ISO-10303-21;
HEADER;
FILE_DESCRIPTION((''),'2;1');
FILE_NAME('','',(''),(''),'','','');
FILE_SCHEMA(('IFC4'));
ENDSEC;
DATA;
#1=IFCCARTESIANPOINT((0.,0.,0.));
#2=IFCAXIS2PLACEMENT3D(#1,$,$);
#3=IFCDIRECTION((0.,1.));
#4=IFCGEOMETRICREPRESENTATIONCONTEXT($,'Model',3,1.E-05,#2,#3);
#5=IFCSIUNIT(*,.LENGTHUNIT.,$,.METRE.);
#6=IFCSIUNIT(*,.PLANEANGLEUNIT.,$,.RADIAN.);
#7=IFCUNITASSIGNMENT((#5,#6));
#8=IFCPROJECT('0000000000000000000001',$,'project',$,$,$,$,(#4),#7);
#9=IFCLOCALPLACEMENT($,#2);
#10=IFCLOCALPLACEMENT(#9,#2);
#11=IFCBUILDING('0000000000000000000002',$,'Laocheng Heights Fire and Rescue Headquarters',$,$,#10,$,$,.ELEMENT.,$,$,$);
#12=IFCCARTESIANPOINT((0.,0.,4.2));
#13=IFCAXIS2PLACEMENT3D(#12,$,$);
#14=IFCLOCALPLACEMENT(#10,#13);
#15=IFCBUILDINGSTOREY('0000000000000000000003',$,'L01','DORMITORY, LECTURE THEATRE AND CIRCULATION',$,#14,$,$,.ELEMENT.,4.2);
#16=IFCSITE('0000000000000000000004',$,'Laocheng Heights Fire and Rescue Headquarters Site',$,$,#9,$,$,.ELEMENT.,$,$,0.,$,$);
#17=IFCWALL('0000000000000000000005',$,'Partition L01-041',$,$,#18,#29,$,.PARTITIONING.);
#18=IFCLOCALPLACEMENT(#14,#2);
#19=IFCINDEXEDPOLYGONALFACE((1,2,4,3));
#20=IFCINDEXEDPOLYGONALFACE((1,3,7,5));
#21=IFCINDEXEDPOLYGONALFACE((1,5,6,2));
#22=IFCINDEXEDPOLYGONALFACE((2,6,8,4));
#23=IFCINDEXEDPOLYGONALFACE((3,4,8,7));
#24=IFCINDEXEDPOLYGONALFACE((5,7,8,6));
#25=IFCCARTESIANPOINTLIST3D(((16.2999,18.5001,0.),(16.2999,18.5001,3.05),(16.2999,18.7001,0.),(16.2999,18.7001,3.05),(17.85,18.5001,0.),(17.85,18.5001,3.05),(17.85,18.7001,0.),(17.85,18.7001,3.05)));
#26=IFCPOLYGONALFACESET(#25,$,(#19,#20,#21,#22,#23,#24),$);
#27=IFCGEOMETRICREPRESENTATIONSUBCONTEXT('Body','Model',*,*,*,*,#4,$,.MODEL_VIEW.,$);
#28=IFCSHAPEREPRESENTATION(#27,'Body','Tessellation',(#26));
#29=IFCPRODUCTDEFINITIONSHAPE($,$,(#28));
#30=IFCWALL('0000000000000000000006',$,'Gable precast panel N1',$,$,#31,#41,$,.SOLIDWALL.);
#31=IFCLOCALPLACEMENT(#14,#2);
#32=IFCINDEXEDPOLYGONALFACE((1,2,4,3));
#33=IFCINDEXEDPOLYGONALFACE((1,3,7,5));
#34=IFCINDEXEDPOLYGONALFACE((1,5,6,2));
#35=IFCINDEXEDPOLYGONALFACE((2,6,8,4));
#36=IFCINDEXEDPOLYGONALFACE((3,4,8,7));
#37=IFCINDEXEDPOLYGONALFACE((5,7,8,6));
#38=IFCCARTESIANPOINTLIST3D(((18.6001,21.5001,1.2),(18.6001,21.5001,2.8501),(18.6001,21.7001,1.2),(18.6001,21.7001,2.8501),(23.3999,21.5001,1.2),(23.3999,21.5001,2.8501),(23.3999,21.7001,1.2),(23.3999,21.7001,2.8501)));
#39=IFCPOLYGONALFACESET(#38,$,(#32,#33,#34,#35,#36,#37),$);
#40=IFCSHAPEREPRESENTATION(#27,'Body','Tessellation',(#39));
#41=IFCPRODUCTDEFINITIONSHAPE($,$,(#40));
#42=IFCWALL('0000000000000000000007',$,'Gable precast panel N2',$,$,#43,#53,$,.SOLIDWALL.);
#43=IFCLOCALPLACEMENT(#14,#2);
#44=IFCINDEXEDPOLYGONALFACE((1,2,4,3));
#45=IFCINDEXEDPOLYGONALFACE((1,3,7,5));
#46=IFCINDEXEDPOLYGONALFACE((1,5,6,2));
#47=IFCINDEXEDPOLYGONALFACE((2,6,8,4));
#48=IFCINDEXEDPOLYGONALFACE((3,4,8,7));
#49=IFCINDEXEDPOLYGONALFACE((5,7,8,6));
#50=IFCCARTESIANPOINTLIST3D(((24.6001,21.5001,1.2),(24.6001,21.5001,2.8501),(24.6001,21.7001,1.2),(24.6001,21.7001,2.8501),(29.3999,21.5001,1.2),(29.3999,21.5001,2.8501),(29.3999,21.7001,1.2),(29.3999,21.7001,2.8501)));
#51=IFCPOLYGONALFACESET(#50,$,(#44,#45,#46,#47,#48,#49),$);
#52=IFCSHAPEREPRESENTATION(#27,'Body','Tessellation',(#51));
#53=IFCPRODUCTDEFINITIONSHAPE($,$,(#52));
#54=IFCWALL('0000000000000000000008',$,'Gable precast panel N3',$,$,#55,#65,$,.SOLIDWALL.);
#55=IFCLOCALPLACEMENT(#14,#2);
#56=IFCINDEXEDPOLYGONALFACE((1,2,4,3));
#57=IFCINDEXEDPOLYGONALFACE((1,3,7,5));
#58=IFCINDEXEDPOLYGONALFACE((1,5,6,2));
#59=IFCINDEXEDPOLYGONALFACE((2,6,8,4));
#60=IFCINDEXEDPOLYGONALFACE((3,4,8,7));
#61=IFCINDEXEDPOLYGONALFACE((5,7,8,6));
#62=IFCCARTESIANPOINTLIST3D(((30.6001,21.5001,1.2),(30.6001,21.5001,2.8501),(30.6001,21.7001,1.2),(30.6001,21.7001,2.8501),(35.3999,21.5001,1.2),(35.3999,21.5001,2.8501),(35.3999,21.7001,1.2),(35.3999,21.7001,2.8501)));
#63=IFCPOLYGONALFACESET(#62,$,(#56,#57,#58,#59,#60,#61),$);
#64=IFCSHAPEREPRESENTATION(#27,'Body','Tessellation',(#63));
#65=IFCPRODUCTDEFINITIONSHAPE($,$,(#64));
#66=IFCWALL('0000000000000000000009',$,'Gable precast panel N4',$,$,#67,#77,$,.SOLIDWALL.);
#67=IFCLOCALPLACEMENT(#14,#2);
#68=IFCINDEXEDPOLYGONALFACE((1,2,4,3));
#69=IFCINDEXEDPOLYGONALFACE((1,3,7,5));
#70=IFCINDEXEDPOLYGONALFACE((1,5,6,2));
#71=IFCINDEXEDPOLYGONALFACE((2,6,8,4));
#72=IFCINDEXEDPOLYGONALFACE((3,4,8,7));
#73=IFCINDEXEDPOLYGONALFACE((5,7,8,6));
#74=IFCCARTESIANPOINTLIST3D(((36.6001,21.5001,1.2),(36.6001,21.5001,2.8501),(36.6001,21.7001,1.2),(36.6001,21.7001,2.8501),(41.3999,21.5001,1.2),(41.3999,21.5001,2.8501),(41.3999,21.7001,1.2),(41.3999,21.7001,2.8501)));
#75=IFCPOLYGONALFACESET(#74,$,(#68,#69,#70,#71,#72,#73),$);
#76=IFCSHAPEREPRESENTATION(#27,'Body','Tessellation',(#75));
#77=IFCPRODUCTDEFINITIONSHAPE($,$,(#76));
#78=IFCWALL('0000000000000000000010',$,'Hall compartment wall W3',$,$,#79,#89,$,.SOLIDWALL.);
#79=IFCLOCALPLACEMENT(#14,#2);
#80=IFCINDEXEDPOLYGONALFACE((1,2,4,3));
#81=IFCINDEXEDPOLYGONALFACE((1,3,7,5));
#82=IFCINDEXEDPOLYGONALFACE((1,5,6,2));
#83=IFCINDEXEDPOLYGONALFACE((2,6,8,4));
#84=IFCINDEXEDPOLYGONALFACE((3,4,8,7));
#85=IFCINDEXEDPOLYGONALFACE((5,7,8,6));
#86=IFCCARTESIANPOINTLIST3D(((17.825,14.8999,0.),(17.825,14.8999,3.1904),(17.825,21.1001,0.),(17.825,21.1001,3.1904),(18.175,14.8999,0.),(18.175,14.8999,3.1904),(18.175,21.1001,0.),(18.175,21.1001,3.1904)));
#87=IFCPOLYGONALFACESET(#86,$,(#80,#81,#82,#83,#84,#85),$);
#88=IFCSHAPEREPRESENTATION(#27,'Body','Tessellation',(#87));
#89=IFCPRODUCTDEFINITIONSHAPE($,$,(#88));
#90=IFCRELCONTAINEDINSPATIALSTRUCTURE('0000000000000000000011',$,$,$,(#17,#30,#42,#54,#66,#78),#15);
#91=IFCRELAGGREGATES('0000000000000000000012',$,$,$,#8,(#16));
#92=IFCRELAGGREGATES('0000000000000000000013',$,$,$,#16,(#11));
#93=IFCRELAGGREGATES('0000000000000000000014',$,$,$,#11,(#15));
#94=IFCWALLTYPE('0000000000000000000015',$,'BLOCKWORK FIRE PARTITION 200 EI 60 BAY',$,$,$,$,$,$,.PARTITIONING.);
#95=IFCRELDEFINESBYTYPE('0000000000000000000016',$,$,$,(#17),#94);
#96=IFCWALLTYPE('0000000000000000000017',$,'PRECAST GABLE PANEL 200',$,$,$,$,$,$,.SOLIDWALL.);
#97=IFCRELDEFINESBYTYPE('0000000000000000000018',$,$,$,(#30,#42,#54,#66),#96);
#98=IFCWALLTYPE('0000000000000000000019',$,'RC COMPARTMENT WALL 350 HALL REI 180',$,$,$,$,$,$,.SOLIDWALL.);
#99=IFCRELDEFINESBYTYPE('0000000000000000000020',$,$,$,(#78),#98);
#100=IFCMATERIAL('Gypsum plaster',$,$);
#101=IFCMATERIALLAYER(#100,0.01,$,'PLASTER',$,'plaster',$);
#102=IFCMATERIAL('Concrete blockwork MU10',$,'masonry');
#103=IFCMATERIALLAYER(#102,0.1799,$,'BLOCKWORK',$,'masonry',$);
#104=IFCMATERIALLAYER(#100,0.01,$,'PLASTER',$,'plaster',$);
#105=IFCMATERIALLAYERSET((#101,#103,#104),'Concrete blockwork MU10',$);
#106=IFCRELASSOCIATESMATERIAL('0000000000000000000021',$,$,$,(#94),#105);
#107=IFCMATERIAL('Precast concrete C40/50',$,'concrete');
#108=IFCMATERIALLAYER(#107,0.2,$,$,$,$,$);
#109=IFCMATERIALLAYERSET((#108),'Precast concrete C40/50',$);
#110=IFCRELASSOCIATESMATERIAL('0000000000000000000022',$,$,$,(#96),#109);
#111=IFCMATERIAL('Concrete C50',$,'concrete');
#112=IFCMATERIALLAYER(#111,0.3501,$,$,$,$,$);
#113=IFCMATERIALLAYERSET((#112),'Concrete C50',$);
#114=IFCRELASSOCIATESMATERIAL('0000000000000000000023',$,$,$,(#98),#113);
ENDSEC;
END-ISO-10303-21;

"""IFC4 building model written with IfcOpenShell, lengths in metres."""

from ifc_helpers import new_model, si_unit, direction, frame, frame_2d, origin, place, context, subcontext, project, spatial, rectangle, extrude, material, layer, layer_set, type_object, element, save


model = new_model("IFC4")

# Units and contexts
model_context = context("Model", 3, precision=1e-05, world=origin(), true_north=direction((0.0, 1.0)))
body_context = subcontext(model_context, "Body", "Model", "MODEL_VIEW")
ifc_project = project(units=[si_unit("LENGTHUNIT", "METRE"), si_unit("PLANEANGLEUNIT", "RADIAN")], contexts=[model_context])

# Site, building, storey
site_placement = place(None, origin())
site = spatial("IfcSite", under=ifc_project, at=site_placement, Name="Laocheng Heights Fire and Rescue Headquarters Site", CompositionType="ELEMENT", RefElevation=0.0)
building_placement = place(site_placement, origin())
building = spatial("IfcBuilding", under=site, at=building_placement, Name="Laocheng Heights Fire and Rescue Headquarters", CompositionType="ELEMENT")
storey_placement = place(building_placement, frame((0.0, 0.0, 4.2)))
storey = spatial("IfcBuildingStorey", under=building, at=storey_placement, Name="L01", Description="DORMITORY, LECTURE THEATRE AND CIRCULATION", CompositionType="ELEMENT", Elevation=4.2)

# Walls
ifc_material_1 = material(Name="Gypsum plaster")
ifc_layer_1 = layer(ifc_material_1, 0.01, Name="PLASTER", Category="plaster")
ifc_material_2 = material(Name="Concrete blockwork MU10", Category="masonry")
ifc_layer_2 = layer(ifc_material_2, 0.1799, Name="BLOCKWORK", Category="masonry")
ifc_layer_3 = layer(ifc_material_1, 0.01, Name="PLASTER", Category="plaster")
ifc_layer_set_1 = layer_set([ifc_layer_1, ifc_layer_2, ifc_layer_3], Name="Concrete blockwork MU10")
wall_type_1 = type_object("IfcWallType", Name="BLOCKWORK FIRE PARTITION 200 EI 60 BAY", PredefinedType="PARTITIONING", material=ifc_layer_set_1)
wall_1_placement = place(storey_placement, frame((16.3, 18.6001, 0.0), z_axis=(0.0, 0.0, 1.0), x_axis=(1.0, 0.0, 0.0)))
element("IfcWall", 1, at=wall_1_placement, inside=storey, type_object=wall_type_1, Name="Partition L01-041", PredefinedType="PARTITIONING", context=body_context, shape_type="SweptSolid", body=[
    extrude(rectangle(XDim=1.55, YDim=0.2, at=frame_2d((0.7749, 0.0))), origin(), (0.0, 0.0, 1.0), 3.05),
])
ifc_material_3 = material(Name="Precast concrete C40/50", Category="concrete")
ifc_layer_4 = layer(ifc_material_3, 0.2)
ifc_layer_set_2 = layer_set([ifc_layer_4], Name="Precast concrete C40/50")
wall_type_2 = type_object("IfcWallType", Name="PRECAST GABLE PANEL 200", PredefinedType="SOLIDWALL", material=ifc_layer_set_2)
for number, where, z_axis, x_axis, name in (
    (2, (18.6001, 21.6001, 1.2), (0.0, 0.0, 1.0), (1.0, 0.0, 0.0), "Gable precast panel N1"),
    (3, (24.6001, 21.6001, 1.2), (0.0, 0.0, 1.0), (1.0, 0.0, 0.0), "Gable precast panel N2"),
    (4, (30.6001, 21.6001, 1.2), (0.0, 0.0, 1.0), (1.0, 0.0, 0.0), "Gable precast panel N3"),
    (5, (36.6001, 21.6001, 1.2), (0.0, 0.0, 1.0), (1.0, 0.0, 0.0), "Gable precast panel N4"),
):
    element("IfcWall", number, at=place(storey_placement, frame(where, z_axis=z_axis, x_axis=x_axis)), inside=storey, type_object=wall_type_2, Name=name, PredefinedType="SOLIDWALL", context=body_context, shape_type="SweptSolid", body=[
        extrude(rectangle(XDim=4.7998, YDim=0.2, at=frame_2d((2.3999, 0.0))), origin(), (0.0, 0.0, 1.0), 1.6501),
    ])
ifc_material_4 = material(Name="Concrete C50", Category="concrete")
ifc_layer_5 = layer(ifc_material_4, 0.3501)
ifc_layer_set_3 = layer_set([ifc_layer_5], Name="Concrete C50")
wall_type_3 = type_object("IfcWallType", Name="RC COMPARTMENT WALL 350 HALL REI 180", PredefinedType="SOLIDWALL", material=ifc_layer_set_3)
wall_2_placement = place(storey_placement, frame((18.0, 14.8999, 0.0), z_axis=(0.0, 0.0, 1.0), x_axis=(0.0, 1.0, 0.0)))
element("IfcWall", 6, at=wall_2_placement, inside=storey, type_object=wall_type_3, Name="Hall compartment wall W3", PredefinedType="SOLIDWALL", context=body_context, shape_type="SweptSolid", body=[
    extrude(rectangle(XDim=6.2002, YDim=0.3501, at=frame_2d((3.1001, 0.0))), origin(), (0.0, 0.0, 1.0), 3.1904),
])

save(model, "model.ifc")
